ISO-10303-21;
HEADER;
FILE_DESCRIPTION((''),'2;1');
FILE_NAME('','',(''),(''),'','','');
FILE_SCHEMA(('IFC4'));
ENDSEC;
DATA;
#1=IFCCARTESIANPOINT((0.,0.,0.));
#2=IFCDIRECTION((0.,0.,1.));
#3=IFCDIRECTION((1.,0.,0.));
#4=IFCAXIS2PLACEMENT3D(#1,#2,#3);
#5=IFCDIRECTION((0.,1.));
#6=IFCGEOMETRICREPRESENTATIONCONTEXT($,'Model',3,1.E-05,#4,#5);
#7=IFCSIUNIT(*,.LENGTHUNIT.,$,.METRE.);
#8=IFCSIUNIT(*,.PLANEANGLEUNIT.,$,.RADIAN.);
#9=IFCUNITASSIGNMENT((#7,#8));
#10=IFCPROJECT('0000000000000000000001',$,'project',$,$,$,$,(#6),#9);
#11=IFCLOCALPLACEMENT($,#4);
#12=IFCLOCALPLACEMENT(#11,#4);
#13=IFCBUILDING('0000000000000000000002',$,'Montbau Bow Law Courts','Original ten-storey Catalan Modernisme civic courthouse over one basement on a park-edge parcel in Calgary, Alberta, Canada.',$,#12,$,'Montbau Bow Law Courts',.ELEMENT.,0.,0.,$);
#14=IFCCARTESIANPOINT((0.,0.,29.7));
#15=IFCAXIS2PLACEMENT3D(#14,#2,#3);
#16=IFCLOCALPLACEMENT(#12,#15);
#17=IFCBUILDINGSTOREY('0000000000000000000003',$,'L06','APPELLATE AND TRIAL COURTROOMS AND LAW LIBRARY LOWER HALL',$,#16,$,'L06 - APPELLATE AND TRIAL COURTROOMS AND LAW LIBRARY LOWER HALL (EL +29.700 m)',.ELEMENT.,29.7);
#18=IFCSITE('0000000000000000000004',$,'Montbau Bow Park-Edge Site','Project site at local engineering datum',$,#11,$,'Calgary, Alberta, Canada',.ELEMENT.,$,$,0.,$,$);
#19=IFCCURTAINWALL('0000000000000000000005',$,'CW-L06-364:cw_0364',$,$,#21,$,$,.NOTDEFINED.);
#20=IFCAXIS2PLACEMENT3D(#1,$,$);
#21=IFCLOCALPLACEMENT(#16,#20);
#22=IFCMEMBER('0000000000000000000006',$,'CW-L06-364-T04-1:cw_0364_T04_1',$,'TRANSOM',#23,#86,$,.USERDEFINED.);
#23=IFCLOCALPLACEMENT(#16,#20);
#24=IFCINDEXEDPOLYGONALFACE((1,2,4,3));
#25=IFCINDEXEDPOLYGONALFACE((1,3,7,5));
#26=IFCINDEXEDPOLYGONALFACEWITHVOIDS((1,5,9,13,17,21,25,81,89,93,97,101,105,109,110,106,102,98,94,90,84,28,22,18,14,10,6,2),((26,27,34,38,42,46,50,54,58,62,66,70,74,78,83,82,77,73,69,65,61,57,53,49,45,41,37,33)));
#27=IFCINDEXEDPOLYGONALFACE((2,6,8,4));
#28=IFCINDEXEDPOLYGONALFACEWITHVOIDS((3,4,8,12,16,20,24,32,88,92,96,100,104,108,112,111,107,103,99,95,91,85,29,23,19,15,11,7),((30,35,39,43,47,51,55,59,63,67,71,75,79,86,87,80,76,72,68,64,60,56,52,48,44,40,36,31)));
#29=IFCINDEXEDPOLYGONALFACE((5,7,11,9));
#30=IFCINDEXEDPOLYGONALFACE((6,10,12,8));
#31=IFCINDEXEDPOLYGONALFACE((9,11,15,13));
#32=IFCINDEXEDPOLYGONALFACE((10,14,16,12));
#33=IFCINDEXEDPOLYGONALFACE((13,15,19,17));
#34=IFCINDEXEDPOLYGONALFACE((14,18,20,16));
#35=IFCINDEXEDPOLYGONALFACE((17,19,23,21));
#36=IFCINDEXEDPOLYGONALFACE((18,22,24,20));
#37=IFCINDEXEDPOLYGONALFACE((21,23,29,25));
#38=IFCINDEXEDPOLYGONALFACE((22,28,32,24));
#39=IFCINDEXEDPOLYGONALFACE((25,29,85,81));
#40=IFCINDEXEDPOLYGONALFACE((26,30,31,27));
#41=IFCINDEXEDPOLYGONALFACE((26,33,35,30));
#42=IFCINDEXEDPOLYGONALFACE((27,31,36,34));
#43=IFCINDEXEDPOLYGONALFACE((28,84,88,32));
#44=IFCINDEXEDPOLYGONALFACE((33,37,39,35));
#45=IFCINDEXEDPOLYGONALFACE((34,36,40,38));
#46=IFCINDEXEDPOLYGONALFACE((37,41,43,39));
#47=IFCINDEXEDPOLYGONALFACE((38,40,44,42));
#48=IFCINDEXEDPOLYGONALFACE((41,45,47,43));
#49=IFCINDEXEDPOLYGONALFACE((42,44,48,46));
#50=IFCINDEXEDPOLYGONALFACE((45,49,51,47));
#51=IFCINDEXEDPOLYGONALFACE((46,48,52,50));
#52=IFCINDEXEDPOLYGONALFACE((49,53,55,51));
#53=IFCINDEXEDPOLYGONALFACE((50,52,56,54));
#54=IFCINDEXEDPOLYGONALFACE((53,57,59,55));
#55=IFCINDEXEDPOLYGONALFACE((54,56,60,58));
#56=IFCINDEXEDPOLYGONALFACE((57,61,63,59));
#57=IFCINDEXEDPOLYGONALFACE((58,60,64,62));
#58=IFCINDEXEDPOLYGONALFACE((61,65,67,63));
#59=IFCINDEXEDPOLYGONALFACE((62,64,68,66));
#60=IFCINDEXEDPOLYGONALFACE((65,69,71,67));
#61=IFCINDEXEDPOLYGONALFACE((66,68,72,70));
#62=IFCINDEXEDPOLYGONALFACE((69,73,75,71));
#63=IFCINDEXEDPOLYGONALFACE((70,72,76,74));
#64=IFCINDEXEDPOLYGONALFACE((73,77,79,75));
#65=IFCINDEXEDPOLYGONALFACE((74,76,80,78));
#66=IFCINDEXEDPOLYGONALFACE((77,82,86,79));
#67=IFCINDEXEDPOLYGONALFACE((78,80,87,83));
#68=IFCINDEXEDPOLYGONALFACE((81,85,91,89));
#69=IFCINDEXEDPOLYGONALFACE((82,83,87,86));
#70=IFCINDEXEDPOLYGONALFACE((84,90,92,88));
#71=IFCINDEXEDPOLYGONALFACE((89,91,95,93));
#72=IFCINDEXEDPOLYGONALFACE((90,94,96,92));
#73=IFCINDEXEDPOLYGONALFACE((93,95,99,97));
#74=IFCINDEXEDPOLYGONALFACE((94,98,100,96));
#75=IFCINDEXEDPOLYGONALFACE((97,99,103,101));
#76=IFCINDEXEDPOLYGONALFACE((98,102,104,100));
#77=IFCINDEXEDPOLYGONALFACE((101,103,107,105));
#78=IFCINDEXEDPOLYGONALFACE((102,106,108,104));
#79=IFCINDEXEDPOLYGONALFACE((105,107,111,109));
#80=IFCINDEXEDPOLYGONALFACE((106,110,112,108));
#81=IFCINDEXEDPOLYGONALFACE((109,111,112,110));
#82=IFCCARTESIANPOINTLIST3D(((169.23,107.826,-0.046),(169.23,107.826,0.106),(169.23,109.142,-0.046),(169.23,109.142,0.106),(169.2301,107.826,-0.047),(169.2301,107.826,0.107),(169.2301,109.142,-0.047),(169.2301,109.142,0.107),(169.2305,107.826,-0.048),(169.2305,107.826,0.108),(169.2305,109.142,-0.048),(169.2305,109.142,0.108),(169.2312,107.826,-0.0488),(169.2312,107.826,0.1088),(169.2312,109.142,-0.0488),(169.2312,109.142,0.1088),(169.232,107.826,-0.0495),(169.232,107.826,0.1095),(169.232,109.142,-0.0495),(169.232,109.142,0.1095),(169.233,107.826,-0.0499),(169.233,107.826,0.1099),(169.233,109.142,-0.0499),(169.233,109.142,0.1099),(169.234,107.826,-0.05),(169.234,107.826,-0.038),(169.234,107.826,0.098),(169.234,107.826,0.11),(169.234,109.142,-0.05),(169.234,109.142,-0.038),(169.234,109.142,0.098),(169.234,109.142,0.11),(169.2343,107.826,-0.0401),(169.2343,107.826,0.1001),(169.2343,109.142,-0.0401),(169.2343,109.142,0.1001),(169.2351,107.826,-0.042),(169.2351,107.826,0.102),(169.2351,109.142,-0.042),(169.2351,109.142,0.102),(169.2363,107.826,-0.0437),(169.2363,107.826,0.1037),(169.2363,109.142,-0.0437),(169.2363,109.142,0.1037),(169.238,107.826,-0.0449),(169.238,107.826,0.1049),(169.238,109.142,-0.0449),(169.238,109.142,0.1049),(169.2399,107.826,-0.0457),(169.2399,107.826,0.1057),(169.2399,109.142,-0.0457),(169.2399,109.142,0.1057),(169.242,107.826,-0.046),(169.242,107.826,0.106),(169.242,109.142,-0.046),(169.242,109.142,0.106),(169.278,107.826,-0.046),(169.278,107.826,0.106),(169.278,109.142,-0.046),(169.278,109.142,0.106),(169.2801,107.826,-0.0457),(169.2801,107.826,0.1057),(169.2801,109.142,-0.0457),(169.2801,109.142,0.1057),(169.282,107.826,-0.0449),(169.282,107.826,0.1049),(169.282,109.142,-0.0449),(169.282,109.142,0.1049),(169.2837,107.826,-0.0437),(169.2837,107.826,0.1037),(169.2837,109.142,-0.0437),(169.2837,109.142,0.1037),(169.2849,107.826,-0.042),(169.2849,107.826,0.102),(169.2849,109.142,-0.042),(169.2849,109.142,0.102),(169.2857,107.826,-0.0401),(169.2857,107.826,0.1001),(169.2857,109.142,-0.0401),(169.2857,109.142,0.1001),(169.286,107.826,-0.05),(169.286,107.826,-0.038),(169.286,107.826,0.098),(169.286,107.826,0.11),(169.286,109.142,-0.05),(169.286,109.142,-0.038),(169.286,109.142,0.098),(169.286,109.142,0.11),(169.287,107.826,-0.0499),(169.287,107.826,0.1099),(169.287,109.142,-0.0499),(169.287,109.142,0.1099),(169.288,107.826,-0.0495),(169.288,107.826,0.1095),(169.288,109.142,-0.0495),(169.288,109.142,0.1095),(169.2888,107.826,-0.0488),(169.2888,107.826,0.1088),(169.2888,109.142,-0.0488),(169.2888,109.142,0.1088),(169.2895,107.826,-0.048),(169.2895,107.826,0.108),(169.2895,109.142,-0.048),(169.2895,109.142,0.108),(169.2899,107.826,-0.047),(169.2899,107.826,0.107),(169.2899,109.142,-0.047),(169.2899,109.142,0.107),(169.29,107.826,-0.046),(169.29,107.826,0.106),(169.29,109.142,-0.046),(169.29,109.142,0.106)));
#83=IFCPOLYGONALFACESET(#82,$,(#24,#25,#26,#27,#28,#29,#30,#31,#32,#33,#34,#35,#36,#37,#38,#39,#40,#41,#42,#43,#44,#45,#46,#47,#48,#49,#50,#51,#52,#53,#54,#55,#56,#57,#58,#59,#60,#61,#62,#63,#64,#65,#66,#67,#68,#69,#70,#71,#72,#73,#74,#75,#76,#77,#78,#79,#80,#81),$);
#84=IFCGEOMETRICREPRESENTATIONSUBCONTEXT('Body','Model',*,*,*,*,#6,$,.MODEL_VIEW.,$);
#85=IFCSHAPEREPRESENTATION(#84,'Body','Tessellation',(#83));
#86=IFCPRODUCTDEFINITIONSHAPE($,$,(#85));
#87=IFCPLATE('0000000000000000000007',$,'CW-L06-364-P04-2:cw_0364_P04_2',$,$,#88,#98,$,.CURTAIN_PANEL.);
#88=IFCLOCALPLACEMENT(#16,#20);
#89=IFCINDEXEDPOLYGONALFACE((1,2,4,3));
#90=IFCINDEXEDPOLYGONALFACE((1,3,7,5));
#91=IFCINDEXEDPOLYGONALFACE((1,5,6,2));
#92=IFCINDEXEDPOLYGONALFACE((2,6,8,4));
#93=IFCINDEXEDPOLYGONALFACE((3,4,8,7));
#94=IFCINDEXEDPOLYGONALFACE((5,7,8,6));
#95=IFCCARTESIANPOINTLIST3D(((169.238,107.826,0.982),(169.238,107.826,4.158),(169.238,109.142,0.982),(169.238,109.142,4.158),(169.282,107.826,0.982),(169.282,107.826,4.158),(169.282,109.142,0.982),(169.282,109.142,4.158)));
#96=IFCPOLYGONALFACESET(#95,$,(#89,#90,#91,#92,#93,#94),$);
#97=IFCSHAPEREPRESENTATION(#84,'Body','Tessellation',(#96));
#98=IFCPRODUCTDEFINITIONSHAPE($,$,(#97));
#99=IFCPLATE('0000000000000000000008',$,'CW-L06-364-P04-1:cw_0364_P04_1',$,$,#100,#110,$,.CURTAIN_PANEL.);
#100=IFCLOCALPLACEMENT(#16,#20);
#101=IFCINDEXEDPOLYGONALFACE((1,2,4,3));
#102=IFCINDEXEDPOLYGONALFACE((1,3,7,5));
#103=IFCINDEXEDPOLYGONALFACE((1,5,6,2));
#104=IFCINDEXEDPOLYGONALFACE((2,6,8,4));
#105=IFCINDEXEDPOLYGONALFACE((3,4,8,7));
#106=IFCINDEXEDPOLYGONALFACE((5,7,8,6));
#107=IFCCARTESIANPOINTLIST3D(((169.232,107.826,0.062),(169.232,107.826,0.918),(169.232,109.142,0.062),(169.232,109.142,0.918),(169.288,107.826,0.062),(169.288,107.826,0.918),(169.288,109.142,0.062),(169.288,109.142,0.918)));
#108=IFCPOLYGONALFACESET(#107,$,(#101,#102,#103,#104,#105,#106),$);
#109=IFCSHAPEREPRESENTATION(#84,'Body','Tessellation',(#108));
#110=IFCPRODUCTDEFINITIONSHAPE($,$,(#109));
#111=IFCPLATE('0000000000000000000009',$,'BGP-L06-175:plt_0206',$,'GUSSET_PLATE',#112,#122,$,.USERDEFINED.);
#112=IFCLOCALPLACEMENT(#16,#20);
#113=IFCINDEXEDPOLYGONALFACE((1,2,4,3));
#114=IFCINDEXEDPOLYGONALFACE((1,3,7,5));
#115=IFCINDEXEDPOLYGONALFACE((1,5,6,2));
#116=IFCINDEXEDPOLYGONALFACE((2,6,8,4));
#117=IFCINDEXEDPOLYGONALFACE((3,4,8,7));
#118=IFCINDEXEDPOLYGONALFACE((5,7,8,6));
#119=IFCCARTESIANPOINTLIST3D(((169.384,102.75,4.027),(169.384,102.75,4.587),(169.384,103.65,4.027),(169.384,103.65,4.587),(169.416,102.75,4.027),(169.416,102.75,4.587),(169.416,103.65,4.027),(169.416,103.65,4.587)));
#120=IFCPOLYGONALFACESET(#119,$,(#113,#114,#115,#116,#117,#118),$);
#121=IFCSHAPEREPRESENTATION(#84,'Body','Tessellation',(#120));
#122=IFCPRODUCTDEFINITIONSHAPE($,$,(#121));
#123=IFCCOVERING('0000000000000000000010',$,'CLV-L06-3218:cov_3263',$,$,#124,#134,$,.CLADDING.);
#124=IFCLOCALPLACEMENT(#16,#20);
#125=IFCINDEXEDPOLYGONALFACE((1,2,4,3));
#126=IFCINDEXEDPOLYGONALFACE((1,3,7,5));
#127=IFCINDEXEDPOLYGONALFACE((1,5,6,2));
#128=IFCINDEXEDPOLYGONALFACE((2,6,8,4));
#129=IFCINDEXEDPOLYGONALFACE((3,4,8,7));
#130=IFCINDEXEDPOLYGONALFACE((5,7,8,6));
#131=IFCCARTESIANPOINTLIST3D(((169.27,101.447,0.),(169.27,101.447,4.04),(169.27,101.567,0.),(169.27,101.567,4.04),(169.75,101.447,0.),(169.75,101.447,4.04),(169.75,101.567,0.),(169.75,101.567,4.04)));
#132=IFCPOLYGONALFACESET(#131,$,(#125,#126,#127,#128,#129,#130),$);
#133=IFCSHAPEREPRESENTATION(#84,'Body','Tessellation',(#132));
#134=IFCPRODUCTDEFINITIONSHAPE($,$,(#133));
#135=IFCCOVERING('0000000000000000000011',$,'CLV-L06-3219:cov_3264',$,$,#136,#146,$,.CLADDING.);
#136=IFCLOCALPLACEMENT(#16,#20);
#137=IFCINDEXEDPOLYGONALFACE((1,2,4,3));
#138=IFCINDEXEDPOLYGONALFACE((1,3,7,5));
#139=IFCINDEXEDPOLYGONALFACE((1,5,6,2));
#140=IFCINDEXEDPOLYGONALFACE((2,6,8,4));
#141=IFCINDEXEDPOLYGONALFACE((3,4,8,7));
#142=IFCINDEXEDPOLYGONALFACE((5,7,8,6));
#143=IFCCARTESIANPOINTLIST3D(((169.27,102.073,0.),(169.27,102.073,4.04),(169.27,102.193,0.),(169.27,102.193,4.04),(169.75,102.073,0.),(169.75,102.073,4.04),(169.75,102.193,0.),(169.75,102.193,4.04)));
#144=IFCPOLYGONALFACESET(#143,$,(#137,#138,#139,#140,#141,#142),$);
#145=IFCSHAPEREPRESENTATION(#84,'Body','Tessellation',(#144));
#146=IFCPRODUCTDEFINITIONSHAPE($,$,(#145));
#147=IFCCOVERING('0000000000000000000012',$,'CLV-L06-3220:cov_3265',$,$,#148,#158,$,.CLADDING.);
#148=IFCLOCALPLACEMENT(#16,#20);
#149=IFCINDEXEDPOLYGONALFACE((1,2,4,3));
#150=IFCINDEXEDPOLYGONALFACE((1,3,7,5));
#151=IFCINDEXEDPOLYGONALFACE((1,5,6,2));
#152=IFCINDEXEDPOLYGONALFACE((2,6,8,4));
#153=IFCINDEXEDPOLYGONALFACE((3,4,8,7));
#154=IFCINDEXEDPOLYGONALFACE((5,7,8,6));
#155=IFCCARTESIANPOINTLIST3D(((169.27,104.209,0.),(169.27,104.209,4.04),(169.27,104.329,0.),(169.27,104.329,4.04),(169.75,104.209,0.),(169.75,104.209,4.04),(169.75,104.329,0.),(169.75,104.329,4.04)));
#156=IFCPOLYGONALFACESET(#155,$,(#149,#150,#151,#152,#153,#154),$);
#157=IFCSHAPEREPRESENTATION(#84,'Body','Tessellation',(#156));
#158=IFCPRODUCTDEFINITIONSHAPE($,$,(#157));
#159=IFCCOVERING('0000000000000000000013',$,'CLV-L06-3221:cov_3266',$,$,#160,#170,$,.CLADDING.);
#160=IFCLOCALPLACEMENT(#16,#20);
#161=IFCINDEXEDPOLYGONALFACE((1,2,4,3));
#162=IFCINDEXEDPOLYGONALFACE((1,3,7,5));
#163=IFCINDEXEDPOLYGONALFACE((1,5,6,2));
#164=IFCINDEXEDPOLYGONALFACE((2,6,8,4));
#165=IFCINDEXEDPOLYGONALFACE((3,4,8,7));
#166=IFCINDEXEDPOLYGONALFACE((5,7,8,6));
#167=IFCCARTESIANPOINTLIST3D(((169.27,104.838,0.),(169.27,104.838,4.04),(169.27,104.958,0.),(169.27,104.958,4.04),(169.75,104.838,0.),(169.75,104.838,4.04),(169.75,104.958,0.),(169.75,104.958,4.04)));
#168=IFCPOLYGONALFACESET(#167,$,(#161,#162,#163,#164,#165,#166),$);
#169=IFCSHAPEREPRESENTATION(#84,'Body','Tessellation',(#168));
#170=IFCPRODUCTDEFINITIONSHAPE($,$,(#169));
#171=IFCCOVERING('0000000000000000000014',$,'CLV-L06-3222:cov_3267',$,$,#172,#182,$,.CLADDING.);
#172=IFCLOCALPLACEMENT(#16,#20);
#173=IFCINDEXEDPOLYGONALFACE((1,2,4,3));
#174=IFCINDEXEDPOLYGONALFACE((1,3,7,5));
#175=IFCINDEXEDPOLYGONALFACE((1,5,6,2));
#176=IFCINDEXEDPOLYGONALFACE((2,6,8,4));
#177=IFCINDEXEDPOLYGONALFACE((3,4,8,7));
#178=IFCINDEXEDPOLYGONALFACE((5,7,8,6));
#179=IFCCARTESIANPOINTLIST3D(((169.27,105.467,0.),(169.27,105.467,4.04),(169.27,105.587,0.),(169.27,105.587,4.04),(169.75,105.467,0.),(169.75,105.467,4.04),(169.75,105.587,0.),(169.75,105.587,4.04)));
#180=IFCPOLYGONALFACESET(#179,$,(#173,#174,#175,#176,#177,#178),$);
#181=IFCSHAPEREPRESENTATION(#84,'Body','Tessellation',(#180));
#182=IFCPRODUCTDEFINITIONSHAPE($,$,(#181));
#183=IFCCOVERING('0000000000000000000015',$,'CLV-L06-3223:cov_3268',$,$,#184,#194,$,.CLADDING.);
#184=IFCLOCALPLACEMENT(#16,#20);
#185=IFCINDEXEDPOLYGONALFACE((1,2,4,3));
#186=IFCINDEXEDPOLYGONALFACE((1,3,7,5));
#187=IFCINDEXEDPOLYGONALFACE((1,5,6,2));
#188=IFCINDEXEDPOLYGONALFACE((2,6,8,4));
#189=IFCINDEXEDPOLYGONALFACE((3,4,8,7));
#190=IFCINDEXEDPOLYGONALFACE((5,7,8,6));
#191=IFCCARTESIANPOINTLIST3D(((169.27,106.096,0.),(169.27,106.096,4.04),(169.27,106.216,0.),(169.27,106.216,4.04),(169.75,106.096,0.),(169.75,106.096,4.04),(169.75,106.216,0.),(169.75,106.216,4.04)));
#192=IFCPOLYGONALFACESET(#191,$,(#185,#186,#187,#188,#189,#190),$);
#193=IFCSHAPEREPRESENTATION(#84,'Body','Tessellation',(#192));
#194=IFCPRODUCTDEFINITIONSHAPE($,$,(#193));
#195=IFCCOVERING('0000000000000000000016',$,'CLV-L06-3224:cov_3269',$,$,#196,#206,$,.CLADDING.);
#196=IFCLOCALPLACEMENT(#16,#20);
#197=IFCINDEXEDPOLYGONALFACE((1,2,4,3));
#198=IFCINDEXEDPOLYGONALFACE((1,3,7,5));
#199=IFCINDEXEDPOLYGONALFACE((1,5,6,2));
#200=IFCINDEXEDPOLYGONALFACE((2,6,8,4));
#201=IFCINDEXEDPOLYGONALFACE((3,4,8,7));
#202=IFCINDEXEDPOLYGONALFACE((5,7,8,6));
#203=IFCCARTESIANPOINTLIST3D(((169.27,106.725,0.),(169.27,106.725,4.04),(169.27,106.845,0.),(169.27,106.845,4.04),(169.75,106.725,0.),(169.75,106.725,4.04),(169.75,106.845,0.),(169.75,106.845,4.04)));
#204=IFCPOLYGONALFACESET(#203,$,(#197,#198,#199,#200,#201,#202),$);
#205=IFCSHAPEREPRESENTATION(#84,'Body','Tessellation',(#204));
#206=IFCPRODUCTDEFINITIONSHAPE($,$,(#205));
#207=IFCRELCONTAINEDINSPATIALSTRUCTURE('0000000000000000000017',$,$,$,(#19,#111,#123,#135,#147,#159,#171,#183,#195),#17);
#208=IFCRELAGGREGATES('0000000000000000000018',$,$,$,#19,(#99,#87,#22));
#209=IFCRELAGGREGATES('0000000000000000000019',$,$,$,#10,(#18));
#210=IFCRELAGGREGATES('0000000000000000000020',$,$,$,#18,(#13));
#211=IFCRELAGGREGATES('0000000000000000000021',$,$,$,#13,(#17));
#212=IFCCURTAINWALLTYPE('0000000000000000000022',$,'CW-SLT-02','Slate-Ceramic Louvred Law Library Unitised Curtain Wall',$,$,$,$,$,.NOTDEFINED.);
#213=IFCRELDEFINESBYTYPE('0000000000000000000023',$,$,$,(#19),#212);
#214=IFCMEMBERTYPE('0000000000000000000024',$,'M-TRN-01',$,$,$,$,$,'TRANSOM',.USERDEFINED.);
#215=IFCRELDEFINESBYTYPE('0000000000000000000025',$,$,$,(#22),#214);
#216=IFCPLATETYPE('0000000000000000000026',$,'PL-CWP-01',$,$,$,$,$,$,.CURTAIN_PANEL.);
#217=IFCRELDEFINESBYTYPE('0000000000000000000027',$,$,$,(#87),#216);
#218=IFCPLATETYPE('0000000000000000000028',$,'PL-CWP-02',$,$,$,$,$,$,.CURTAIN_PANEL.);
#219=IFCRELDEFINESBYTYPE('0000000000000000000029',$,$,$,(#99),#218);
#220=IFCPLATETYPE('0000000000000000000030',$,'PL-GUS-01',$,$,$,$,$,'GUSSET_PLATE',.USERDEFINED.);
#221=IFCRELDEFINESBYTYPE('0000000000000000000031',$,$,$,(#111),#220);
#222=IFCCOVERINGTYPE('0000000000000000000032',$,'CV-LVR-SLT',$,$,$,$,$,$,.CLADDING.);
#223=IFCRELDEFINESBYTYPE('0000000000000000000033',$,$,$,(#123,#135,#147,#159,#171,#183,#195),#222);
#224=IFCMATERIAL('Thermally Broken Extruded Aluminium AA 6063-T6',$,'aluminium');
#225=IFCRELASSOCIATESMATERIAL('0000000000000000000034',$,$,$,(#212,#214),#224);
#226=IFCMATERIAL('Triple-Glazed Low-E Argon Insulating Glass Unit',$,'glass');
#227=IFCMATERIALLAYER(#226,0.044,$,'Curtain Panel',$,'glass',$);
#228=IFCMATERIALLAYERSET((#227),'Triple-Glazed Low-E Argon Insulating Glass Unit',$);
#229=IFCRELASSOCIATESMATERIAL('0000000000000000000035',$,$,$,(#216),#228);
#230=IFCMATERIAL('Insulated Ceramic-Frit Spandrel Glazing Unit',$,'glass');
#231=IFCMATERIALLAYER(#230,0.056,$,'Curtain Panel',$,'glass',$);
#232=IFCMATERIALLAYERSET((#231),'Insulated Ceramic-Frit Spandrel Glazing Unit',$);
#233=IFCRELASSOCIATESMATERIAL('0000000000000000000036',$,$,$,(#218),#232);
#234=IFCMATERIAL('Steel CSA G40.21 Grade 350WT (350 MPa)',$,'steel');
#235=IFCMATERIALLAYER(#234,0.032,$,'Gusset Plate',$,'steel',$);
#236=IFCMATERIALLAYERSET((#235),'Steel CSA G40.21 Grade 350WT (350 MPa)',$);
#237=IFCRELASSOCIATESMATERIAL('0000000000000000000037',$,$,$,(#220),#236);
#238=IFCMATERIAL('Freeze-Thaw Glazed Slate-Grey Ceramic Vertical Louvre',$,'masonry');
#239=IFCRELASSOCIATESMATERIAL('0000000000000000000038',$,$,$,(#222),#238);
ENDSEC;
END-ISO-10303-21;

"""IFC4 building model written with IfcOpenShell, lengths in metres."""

from ifc_helpers import new_model, si_unit, direction, frame, frame_2d, origin_with_axes, origin_2d_with_axis, place, context, subcontext, project, spatial, rectangle, hollow_rectangle, extrude, material, layer, layer_set, material_profile, profile_set, type_object, element, aggregate, save


model = new_model("IFC4")

# Units and contexts
model_context = context("Model", 3, precision=1e-05, world=origin_with_axes(), true_north=direction((0.0, 1.0)))
body_context = subcontext(model_context, "Body", "Model", "MODEL_VIEW")
ifc_project = project(units=[si_unit("LENGTHUNIT", "METRE"), si_unit("PLANEANGLEUNIT", "RADIAN")], contexts=[model_context])

# Site, building, storey
site_placement = place(None, origin_with_axes())
site = spatial("IfcSite", under=ifc_project, at=site_placement, Name="Montbau Bow Park-Edge Site", Description="Project site at local engineering datum", LongName="Calgary, Alberta, Canada", CompositionType="ELEMENT", RefElevation=0.0)
building_placement = place(site_placement, origin_with_axes())
building = spatial("IfcBuilding", under=site, at=building_placement, Name="Montbau Bow Law Courts", Description="Original ten-storey Catalan Modernisme civic courthouse over one basement on a park-edge parcel in Calgary, Alberta, Canada.", LongName="Montbau Bow Law Courts", CompositionType="ELEMENT", ElevationOfRefHeight=0.0, ElevationOfTerrain=0.0)
storey_placement = place(building_placement, frame((0.0, 0.0, 29.7), z_axis=(0.0, 0.0, 1.0), x_axis=(1.0, 0.0, 0.0)))
storey = spatial("IfcBuildingStorey", under=building, at=storey_placement, Name="L06", Description="APPELLATE AND TRIAL COURTROOMS AND LAW LIBRARY LOWER HALL", LongName="L06 - APPELLATE AND TRIAL COURTROOMS AND LAW LIBRARY LOWER HALL (EL +29.700 m)", CompositionType="ELEMENT", Elevation=29.7)

# Shared definitions
ifc_material_1 = material(Name="Steel CSA G40.21 Grade 350WT (350 MPa)", Category="steel")

# Curtain wall, member, plates
ifc_material_2 = material(Name="Thermally Broken Extruded Aluminium AA 6063-T6", Category="aluminium")
curtain_wall_type = type_object("IfcCurtainWallType", Name="CW-SLT-02", Description="Slate-Ceramic Louvred Law Library Unitised Curtain Wall", PredefinedType="NOTDEFINED", material=ifc_material_2)
curtain_wall_placement = place(None, frame((169.26, 103.64, 29.7), z_axis=(0.0, 0.0, 1.0), x_axis=(1.0, 0.0, 0.0)))
curtain_wall = element("IfcCurtainWall", 1, at=curtain_wall_placement, inside=storey, type_object=curtain_wall_type, Name="CW-L06-364:cw_0364", PredefinedType="NOTDEFINED")
ifc_material_profile_1 = material_profile(ifc_material_2, hollow_rectangle(XDim=0.06, YDim=0.16, WallThickness=0.004, InnerFilletRadius=0.008, OuterFilletRadius=0.004, at=origin_2d_with_axis()), Name="CWT-160X60", Category="Main", Priority=0)
ifc_profile_set_1 = profile_set([ifc_material_profile_1], Name="Thermally Broken Extruded Aluminium AA 6063-T6")
member_type_1 = type_object("IfcMemberType", Name="M-TRN-01", ElementType="TRANSOM", PredefinedType="USERDEFINED", material=ifc_profile_set_1)
member_1_placement = place(None, frame((169.26, 107.826, 29.73), z_axis=(0.0, 1.0, 0.0), x_axis=(-1.0, 0.0, 0.0)))
member_1 = element("IfcMember", 2, at=member_1_placement, type_object=member_type_1, Name="CW-L06-364-T04-1:cw_0364_T04_1", ObjectType="TRANSOM", PredefinedType="USERDEFINED", context=body_context, shape_type="SweptSolid", body=[
    extrude(hollow_rectangle(XDim=0.06, YDim=0.16, WallThickness=0.004, InnerFilletRadius=0.008, OuterFilletRadius=0.004, at=origin_2d_with_axis()), origin_with_axes(), (0.0, 0.0, 1.0), 1.316),
])
ifc_material_3 = material(Name="Triple-Glazed Low-E Argon Insulating Glass Unit", Category="glass")
ifc_layer_1 = layer(ifc_material_3, 0.044, Name="Curtain Panel", Category="glass")
ifc_layer_set_1 = layer_set([ifc_layer_1], Name="Triple-Glazed Low-E Argon Insulating Glass Unit")
plate_type_1 = type_object("IfcPlateType", Name="PL-CWP-01", PredefinedType="CURTAIN_PANEL", material=ifc_layer_set_1)
plate_1_placement = place(None, frame((169.26, 107.826, 30.682), z_axis=(1.0, 0.0, 0.0), x_axis=(0.0, 1.0, 0.0)))
plate_1 = element("IfcPlate", 3, at=plate_1_placement, type_object=plate_type_1, Name="CW-L06-364-P04-2:cw_0364_P04_2", PredefinedType="CURTAIN_PANEL", context=body_context, shape_type="SweptSolid", body=[
    extrude(rectangle(XDim=1.316, YDim=3.176, at=frame_2d((0.658, 1.588), x_axis=(1.0, 0.0))), frame((0.0, 0.0, -0.022), z_axis=(0.0, 0.0, 1.0), x_axis=(1.0, 0.0, 0.0)), (0.0, 0.0, 1.0), 0.044),
])
ifc_material_4 = material(Name="Insulated Ceramic-Frit Spandrel Glazing Unit", Category="glass")
ifc_layer_2 = layer(ifc_material_4, 0.056, Name="Curtain Panel", Category="glass")
ifc_layer_set_2 = layer_set([ifc_layer_2], Name="Insulated Ceramic-Frit Spandrel Glazing Unit")
plate_type_2 = type_object("IfcPlateType", Name="PL-CWP-02", PredefinedType="CURTAIN_PANEL", material=ifc_layer_set_2)
plate_2_placement = place(None, frame((169.26, 107.826, 29.762), z_axis=(1.0, 0.0, 0.0), x_axis=(0.0, 1.0, 0.0)))
plate_2 = element("IfcPlate", 4, at=plate_2_placement, type_object=plate_type_2, Name="CW-L06-364-P04-1:cw_0364_P04_1", PredefinedType="CURTAIN_PANEL", context=body_context, shape_type="SweptSolid", body=[
    extrude(rectangle(XDim=1.316, YDim=0.856, at=frame_2d((0.658, 0.428), x_axis=(1.0, 0.0))), frame((0.0, 0.0, -0.028), z_axis=(0.0, 0.0, 1.0), x_axis=(1.0, 0.0, 0.0)), (0.0, 0.0, 1.0), 0.056),
])
aggregate(curtain_wall, [plate_2, plate_1, member_1])

# Plate
ifc_layer_3 = layer(ifc_material_1, 0.032, Name="Gusset Plate", Category="steel")
ifc_layer_set_3 = layer_set([ifc_layer_3], Name="Steel CSA G40.21 Grade 350WT (350 MPa)")
plate_type_3 = type_object("IfcPlateType", Name="PL-GUS-01", ElementType="GUSSET_PLATE", PredefinedType="USERDEFINED", material=ifc_layer_set_3)
plate_3_placement = place(None, frame((169.4, 103.2, 33.727), z_axis=(0.0, 0.0, 1.0), x_axis=(0.0, 1.0, 0.0)))
element("IfcPlate", 5, at=plate_3_placement, inside=storey, type_object=plate_type_3, Name="BGP-L06-175:plt_0206", ObjectType="GUSSET_PLATE", PredefinedType="USERDEFINED", context=body_context, shape_type="SweptSolid", body=[
    extrude(rectangle(XDim=0.9, YDim=0.032, at=origin_2d_with_axis()), origin_with_axes(), (0.0, 0.0, 1.0), 0.56),
])

# Coverings
ifc_material_5 = material(Name="Freeze-Thaw Glazed Slate-Grey Ceramic Vertical Louvre", Category="masonry")
covering_type = type_object("IfcCoveringType", Name="CV-LVR-SLT", PredefinedType="CLADDING", material=ifc_material_5)
for number, where, z_axis, x_axis, name in (
    (6, (169.27, 101.507, 29.7), (0.0, -1.0, 0.0), (1.0, 0.0, 0.0), "CLV-L06-3218:cov_3263"),
    (7, (169.27, 102.133, 29.7), (0.0, -1.0, 0.0), (1.0, 0.0, 0.0), "CLV-L06-3219:cov_3264"),
    (8, (169.27, 104.269, 29.7), (0.0, -1.0, 0.0), (1.0, 0.0, 0.0), "CLV-L06-3220:cov_3265"),
    (9, (169.27, 104.898, 29.7), (0.0, -1.0, 0.0), (1.0, 0.0, 0.0), "CLV-L06-3221:cov_3266"),
    (10, (169.27, 105.527, 29.7), (0.0, -1.0, 0.0), (1.0, 0.0, 0.0), "CLV-L06-3222:cov_3267"),
    (11, (169.27, 106.156, 29.7), (0.0, -1.0, 0.0), (1.0, 0.0, 0.0), "CLV-L06-3223:cov_3268"),
    (12, (169.27, 106.785, 29.7), (0.0, -1.0, 0.0), (1.0, 0.0, 0.0), "CLV-L06-3224:cov_3269"),
):
    element("IfcCovering", number, at=place(None, frame(where, z_axis=z_axis, x_axis=x_axis)), inside=storey, type_object=covering_type, Name=name, PredefinedType="CLADDING", context=body_context, shape_type="SweptSolid", body=[
        extrude(rectangle(XDim=0.48, YDim=4.04, at=frame_2d((0.24, 2.02), x_axis=(1.0, 0.0))), frame((0.0, 0.0, -0.06), z_axis=(0.0, 0.0, 1.0), x_axis=(1.0, 0.0, 0.0)), (0.0, 0.0, 1.0), 0.12),
    ])

save(model, "model.ifc")
